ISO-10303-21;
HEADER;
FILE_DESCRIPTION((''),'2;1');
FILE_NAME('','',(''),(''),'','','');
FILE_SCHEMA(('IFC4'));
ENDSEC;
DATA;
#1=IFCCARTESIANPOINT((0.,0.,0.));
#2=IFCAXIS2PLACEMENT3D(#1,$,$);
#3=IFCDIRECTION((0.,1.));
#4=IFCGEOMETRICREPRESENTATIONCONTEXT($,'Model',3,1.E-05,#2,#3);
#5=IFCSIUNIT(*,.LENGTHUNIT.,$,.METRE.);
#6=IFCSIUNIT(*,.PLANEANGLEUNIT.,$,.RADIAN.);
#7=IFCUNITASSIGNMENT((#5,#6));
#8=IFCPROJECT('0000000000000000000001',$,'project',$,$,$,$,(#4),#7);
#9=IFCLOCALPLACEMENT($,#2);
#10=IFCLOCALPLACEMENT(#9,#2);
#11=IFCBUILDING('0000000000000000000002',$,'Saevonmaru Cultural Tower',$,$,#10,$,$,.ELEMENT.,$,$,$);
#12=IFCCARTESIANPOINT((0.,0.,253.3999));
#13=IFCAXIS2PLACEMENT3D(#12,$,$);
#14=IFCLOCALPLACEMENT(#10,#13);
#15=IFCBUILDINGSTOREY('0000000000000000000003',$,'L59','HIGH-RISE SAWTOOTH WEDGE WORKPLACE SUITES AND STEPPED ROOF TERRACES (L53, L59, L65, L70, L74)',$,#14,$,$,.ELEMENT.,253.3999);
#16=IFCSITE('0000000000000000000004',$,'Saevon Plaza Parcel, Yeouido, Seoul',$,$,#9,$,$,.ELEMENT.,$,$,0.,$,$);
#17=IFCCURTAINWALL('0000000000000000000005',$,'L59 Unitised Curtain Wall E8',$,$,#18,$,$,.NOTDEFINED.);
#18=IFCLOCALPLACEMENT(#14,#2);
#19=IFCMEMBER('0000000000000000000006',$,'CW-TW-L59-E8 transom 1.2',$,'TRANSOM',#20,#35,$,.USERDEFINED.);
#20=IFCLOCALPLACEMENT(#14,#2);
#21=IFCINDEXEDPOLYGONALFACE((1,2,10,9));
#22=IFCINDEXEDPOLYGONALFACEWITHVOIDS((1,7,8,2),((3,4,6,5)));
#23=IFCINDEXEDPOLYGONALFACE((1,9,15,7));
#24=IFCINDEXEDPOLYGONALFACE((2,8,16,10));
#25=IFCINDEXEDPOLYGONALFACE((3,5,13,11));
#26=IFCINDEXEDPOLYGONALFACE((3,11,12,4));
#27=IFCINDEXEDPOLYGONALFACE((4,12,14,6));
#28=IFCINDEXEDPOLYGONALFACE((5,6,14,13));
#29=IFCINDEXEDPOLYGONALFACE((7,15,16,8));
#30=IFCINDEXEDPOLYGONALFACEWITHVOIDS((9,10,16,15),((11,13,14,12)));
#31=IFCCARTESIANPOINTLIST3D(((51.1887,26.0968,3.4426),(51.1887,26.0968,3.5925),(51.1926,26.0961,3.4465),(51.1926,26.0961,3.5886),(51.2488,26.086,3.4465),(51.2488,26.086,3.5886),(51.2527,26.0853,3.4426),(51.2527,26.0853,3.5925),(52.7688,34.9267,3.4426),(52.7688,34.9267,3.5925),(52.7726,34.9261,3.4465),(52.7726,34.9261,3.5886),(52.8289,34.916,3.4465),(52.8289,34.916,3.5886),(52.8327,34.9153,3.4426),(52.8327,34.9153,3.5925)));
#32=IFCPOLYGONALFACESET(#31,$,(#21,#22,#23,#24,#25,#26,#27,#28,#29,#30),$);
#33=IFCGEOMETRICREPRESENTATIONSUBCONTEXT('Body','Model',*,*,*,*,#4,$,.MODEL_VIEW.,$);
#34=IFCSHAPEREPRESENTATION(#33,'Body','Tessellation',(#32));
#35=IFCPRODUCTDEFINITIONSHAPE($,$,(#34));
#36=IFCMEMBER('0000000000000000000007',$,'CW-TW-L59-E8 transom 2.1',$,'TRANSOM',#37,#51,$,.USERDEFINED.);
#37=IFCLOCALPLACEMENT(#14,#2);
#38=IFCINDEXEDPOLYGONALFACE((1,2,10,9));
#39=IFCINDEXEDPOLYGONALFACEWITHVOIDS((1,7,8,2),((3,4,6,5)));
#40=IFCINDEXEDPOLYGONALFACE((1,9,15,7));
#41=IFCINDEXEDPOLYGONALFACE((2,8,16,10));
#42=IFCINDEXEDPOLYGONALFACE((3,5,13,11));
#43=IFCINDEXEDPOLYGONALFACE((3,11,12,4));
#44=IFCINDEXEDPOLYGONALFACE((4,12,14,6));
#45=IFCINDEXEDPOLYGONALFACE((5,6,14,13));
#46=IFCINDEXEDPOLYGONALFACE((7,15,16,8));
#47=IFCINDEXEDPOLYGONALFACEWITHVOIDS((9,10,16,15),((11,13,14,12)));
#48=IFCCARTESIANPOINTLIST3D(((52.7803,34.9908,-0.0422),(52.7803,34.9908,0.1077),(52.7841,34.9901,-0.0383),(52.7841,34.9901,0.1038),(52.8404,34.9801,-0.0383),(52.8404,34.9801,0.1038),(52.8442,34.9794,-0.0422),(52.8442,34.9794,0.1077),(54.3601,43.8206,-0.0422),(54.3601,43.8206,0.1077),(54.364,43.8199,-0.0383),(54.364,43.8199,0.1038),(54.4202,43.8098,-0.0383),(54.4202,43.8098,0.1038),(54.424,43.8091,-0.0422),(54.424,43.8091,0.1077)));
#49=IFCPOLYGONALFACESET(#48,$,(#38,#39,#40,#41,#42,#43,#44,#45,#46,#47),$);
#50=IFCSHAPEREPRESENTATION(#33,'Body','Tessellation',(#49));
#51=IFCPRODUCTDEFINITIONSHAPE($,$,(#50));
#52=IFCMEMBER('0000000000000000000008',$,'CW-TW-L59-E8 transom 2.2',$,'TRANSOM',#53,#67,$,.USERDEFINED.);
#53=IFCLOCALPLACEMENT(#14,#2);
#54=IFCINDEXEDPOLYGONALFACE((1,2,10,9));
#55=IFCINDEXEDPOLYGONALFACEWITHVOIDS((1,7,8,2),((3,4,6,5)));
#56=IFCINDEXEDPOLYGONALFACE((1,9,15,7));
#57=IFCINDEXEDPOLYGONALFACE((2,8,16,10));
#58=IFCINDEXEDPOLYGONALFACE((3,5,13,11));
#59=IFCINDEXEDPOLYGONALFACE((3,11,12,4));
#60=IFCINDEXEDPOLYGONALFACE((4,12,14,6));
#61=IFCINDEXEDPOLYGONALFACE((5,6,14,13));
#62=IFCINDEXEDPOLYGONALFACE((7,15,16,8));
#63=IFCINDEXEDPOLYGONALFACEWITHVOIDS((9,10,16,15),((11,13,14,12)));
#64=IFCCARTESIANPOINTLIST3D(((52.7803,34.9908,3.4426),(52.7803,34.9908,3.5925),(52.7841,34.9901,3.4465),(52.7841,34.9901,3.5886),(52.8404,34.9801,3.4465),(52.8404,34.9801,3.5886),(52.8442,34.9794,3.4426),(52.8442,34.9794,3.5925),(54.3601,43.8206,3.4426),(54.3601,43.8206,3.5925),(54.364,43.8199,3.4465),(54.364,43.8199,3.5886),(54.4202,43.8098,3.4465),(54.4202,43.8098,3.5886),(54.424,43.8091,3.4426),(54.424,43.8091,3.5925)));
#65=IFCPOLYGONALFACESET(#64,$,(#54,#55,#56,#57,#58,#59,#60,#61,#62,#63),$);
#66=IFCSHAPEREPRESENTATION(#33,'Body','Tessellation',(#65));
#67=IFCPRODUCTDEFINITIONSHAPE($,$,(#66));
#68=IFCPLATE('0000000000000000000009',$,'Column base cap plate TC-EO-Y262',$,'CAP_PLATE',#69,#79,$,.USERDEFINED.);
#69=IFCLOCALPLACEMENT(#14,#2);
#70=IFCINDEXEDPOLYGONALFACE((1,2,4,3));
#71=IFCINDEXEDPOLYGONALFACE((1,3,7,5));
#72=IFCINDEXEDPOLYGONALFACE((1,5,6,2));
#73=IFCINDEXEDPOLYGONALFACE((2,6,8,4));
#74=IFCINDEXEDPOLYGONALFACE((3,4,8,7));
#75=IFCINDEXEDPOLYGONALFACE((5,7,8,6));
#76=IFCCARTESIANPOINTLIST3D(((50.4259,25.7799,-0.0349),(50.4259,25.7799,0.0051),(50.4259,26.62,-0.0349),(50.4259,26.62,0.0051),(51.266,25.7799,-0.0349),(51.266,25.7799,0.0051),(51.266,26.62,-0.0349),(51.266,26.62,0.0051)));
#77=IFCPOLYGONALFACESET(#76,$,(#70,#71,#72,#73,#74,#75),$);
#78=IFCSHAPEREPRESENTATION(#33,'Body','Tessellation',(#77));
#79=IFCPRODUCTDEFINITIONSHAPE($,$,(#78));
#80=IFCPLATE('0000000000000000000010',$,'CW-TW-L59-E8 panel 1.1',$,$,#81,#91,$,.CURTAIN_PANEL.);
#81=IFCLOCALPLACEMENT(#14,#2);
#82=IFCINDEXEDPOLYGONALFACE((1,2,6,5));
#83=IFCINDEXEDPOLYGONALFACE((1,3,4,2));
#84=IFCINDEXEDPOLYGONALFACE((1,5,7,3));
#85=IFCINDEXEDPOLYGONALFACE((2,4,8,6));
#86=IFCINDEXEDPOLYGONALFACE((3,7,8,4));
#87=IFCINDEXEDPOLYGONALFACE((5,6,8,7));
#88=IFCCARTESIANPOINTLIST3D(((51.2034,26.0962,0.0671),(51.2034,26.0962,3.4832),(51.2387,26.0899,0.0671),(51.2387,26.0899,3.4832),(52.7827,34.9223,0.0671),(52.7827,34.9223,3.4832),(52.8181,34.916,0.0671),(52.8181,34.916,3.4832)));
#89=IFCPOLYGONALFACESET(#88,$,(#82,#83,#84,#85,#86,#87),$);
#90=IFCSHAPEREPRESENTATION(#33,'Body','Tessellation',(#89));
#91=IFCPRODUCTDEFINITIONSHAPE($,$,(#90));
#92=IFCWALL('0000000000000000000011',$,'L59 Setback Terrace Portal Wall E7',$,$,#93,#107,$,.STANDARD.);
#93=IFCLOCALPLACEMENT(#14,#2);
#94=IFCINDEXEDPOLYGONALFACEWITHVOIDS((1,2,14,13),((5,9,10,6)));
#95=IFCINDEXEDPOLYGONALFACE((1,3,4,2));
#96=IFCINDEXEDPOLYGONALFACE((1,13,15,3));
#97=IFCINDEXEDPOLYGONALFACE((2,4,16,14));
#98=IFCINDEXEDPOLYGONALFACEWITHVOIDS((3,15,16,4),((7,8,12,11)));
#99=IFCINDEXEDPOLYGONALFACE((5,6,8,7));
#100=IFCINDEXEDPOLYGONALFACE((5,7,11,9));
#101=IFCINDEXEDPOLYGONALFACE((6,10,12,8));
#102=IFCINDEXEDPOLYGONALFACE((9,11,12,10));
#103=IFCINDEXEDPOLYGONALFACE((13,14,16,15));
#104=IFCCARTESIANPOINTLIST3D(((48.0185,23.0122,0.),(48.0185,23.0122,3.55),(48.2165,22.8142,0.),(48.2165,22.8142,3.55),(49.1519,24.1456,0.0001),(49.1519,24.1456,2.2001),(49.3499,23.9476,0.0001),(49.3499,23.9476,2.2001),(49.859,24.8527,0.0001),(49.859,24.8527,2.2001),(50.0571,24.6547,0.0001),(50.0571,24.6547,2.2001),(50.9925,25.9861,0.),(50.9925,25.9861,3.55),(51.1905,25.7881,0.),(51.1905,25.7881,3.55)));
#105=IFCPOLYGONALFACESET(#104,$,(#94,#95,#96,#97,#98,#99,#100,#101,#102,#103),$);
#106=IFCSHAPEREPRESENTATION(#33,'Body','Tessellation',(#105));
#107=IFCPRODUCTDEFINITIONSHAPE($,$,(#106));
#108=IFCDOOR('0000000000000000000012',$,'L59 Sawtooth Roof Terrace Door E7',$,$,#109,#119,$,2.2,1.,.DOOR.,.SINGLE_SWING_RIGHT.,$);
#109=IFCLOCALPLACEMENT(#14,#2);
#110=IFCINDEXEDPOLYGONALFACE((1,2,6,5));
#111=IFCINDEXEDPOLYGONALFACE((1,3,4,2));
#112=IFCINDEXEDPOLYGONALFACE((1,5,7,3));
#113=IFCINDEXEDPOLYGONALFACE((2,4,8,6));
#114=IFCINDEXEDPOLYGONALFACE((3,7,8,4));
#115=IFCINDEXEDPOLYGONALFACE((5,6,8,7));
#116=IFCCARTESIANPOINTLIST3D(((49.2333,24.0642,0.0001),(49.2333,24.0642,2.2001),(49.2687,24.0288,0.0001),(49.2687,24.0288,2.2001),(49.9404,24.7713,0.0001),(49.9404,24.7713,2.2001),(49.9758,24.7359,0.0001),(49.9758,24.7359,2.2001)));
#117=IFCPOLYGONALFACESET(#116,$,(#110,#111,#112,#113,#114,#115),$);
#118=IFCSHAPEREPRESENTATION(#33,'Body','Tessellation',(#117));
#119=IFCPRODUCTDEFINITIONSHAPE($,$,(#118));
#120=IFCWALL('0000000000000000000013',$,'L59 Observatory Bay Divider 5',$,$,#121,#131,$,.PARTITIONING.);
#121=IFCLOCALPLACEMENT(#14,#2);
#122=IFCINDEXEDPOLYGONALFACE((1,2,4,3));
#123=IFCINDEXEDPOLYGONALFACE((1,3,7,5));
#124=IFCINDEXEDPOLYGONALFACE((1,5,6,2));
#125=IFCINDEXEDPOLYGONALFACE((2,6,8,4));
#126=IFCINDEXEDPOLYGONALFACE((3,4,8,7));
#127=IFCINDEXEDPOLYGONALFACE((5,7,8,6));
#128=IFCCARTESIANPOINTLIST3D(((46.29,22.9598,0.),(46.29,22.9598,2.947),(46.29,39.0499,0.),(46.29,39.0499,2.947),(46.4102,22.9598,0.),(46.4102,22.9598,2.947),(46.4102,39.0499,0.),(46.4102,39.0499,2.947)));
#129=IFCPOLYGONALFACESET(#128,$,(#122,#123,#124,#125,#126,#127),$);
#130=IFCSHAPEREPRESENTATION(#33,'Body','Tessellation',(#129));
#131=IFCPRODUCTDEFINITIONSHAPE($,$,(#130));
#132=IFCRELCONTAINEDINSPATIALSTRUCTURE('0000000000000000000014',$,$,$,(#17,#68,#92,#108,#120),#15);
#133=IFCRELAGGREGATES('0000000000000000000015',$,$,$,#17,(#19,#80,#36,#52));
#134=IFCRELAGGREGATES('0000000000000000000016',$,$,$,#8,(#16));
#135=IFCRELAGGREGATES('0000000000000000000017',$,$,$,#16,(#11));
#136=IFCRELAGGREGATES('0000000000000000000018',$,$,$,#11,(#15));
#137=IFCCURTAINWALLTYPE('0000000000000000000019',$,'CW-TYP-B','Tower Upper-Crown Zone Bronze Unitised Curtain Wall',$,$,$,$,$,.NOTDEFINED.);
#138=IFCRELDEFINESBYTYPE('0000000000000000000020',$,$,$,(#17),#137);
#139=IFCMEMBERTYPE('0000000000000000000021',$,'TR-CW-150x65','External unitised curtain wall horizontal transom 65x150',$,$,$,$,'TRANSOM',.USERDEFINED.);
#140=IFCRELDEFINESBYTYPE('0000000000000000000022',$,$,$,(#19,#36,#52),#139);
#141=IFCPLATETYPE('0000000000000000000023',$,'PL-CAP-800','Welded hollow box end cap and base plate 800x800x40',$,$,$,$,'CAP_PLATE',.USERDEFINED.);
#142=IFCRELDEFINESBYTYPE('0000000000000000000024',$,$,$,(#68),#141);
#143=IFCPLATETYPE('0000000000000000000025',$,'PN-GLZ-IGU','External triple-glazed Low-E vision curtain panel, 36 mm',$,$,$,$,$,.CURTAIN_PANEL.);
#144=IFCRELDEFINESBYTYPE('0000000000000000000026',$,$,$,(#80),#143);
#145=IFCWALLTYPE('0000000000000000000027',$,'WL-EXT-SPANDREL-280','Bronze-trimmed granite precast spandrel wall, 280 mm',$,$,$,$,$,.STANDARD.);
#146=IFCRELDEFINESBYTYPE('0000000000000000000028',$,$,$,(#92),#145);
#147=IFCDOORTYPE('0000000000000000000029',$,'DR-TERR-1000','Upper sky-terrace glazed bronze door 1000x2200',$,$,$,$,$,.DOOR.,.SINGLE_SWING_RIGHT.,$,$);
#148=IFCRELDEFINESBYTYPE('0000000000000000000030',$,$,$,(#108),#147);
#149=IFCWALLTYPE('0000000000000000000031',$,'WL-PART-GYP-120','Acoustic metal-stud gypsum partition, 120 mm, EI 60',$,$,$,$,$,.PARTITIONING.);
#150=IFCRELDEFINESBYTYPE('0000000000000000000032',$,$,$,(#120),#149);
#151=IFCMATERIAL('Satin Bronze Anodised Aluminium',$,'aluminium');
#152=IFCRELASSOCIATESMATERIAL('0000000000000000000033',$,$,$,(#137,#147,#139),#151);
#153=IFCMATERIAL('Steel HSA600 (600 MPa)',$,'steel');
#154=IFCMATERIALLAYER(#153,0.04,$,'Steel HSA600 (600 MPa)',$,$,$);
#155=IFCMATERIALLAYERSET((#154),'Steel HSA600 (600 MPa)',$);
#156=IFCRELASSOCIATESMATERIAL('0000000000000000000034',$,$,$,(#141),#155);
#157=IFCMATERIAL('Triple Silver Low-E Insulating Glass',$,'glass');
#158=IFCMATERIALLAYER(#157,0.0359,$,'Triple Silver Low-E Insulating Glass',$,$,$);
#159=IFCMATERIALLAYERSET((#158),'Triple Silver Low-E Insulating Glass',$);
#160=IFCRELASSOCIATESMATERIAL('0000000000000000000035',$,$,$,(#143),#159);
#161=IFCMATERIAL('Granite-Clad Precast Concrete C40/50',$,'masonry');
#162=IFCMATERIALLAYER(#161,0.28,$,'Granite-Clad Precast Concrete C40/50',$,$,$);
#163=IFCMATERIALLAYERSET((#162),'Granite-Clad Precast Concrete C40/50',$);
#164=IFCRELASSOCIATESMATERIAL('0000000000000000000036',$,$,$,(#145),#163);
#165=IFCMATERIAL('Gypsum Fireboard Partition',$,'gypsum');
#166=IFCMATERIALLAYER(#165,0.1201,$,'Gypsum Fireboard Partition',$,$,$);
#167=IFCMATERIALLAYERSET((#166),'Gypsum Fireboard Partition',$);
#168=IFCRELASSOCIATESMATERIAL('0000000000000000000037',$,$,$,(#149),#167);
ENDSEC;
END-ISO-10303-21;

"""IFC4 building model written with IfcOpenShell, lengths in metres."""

from ifc_helpers import new_model, si_unit, direction, frame, frame_2d, origin, origin_2d, place, context, subcontext, project, spatial, rectangle, hollow_rectangle, extrude, material, layer, layer_set, material_profile, profile_set, type_object, element, fill, aggregate, save


model = new_model("IFC4")

# Units and contexts
model_context = context("Model", 3, precision=1e-05, world=origin(), true_north=direction((0.0, 1.0)))
body_context = subcontext(model_context, "Body", "Model", "MODEL_VIEW")
ifc_project = project(units=[si_unit("LENGTHUNIT", "METRE"), si_unit("PLANEANGLEUNIT", "RADIAN")], contexts=[model_context])

# Site, building, storey
site_placement = place(None, origin())
site = spatial("IfcSite", under=ifc_project, at=site_placement, Name="Saevon Plaza Parcel, Yeouido, Seoul", CompositionType="ELEMENT", RefElevation=0.0)
building_placement = place(site_placement, origin())
building = spatial("IfcBuilding", under=site, at=building_placement, Name="Saevonmaru Cultural Tower", CompositionType="ELEMENT")
storey_placement = place(building_placement, frame((0.0, 0.0, 253.3999)))
storey = spatial("IfcBuildingStorey", under=building, at=storey_placement, Name="L59", Description="HIGH-RISE SAWTOOTH WEDGE WORKPLACE SUITES AND STEPPED ROOF TERRACES (L53, L59, L65, L70, L74)", CompositionType="ELEMENT", Elevation=253.3999)

# Curtain wall, members
ifc_material_1 = material(Name="Satin Bronze Anodised Aluminium", Category="aluminium")
curtain_wall_type = type_object("IfcCurtainWallType", Name="CW-TYP-B", Description="Tower Upper-Crown Zone Bronze Unitised Curtain Wall", PredefinedType="NOTDEFINED", material=ifc_material_1)
curtain_wall_placement = place(storey_placement, origin())
curtain_wall = element("IfcCurtainWall", 1, at=curtain_wall_placement, inside=storey, type_object=curtain_wall_type, Name="L59 Unitised Curtain Wall E8", PredefinedType="NOTDEFINED")
ifc_material_profile_1 = material_profile(ifc_material_1, hollow_rectangle(XDim=0.0649, YDim=0.1499, WallThickness=0.0039, at=origin_2d()), Name="ALU-TRAN-150x65x4")
ifc_profile_set_1 = profile_set([ifc_material_profile_1], Name="Satin Bronze Anodised Aluminium")
member_type_1 = type_object("IfcMemberType", Name="TR-CW-150x65", Description="External unitised curtain wall horizontal transom 65x150", ElementType="TRANSOM", PredefinedType="USERDEFINED", material=ifc_profile_set_1)
member_1_placement = place(storey_placement, frame((51.2207, 26.0911, 3.5176), z_axis=(0.176145, 0.984364, 0.0), x_axis=(-0.984364, 0.176145, 0.0)))
member_1 = element("IfcMember", 2, at=member_1_placement, type_object=member_type_1, Name="CW-TW-L59-E8 transom 1.2", ObjectType="TRANSOM", PredefinedType="USERDEFINED", context=body_context, shape_type="SweptSolid", body=[
    extrude(hollow_rectangle(XDim=0.0649, YDim=0.1499, WallThickness=0.0039, at=origin_2d()), origin(), (0.0, 0.0, 1.0), 8.9702),
])
member_2_placement = place(storey_placement, frame((52.8123, 34.9851, 0.0327), z_axis=(0.176123, 0.984368, 0.0), x_axis=(-0.984368, 0.176123, 0.0)))
member_2 = element("IfcMember", 3, at=member_2_placement, type_object=member_type_1, Name="CW-TW-L59-E8 transom 2.1", ObjectType="TRANSOM", PredefinedType="USERDEFINED", context=body_context, shape_type="SweptSolid", body=[
    extrude(hollow_rectangle(XDim=0.0649, YDim=0.1499, WallThickness=0.0039, at=origin_2d()), origin(), (0.0, 0.0, 1.0), 8.97),
])
member_3_placement = place(storey_placement, frame((52.8123, 34.9851, 3.5176), z_axis=(0.176123, 0.984368, 0.0), x_axis=(-0.984368, 0.176123, 0.0)))
member_3 = element("IfcMember", 4, at=member_3_placement, type_object=member_type_1, Name="CW-TW-L59-E8 transom 2.2", ObjectType="TRANSOM", PredefinedType="USERDEFINED", context=body_context, shape_type="SweptSolid", body=[
    extrude(hollow_rectangle(XDim=0.0649, YDim=0.1499, WallThickness=0.0039, at=origin_2d()), origin(), (0.0, 0.0, 1.0), 8.97),
])

# Plates
ifc_material_2 = material(Name="Steel HSA600 (600 MPa)", Category="steel")
ifc_layer_1 = layer(ifc_material_2, 0.04, Name="Steel HSA600 (600 MPa)")
ifc_layer_set_1 = layer_set([ifc_layer_1], Name="Steel HSA600 (600 MPa)")
plate_type_1 = type_object("IfcPlateType", Name="PL-CAP-800", Description="Welded hollow box end cap and base plate 800x800x40", ElementType="CAP_PLATE", PredefinedType="USERDEFINED", material=ifc_layer_set_1)
plate_1_placement = place(storey_placement, frame((50.8459, 26.2, -0.0349), z_axis=(0.0, 0.0, 1.0), x_axis=(1.0, 0.0, 0.0)))
element("IfcPlate", 5, at=plate_1_placement, inside=storey, type_object=plate_type_1, Name="Column base cap plate TC-EO-Y262", ObjectType="CAP_PLATE", PredefinedType="USERDEFINED", context=body_context, shape_type="SweptSolid", body=[
    extrude(rectangle(XDim=0.8401, YDim=0.8401, at=origin_2d()), origin(), (0.0, 0.0, 1.0), 0.04),
])
ifc_material_3 = material(Name="Triple Silver Low-E Insulating Glass", Category="glass")
ifc_layer_2 = layer(ifc_material_3, 0.0359, Name="Triple Silver Low-E Insulating Glass")
ifc_layer_set_2 = layer_set([ifc_layer_2], Name="Triple Silver Low-E Insulating Glass")
plate_type_2 = type_object("IfcPlateType", Name="PN-GLZ-IGU", Description="External triple-glazed Low-E vision curtain panel, 36 mm", PredefinedType="CURTAIN_PANEL", material=ifc_layer_set_2)
plate_2_placement = place(storey_placement, frame((52.0107, 30.5061, 0.0671), z_axis=(0.0, 0.0, 1.0), x_axis=(0.176141, 0.984365, 0.0)))
plate_2 = element("IfcPlate", 6, at=plate_2_placement, type_object=plate_type_2, Name="CW-TW-L59-E8 panel 1.1", PredefinedType="CURTAIN_PANEL", context=body_context, shape_type="SweptSolid", body=[
    extrude(rectangle(XDim=8.9663, YDim=0.0359, at=origin_2d()), origin(), (0.0, 0.0, 1.0), 3.416),
])
aggregate(curtain_wall, [member_1, plate_2, member_2, member_3])

# Wall, opening, door
ifc_material_4 = material(Name="Granite-Clad Precast Concrete C40/50", Category="masonry")
ifc_layer_3 = layer(ifc_material_4, 0.28, Name="Granite-Clad Precast Concrete C40/50")
ifc_layer_set_3 = layer_set([ifc_layer_3], Name="Granite-Clad Precast Concrete C40/50")
wall_type_1 = type_object("IfcWallType", Name="WL-EXT-SPANDREL-280", Description="Bronze-trimmed granite precast spandrel wall, 280 mm", PredefinedType="STANDARD", material=ifc_layer_set_3)
wall_1_placement = place(storey_placement, frame((48.1174, 22.9131, 0.0), z_axis=(0.0, 0.0, 1.0), x_axis=(0.707107, 0.707107, 0.0)))
wall_1 = element("IfcWall", 7, at=wall_1_placement, inside=storey, type_object=wall_type_1, Name="L59 Setback Terrace Portal Wall E7", PredefinedType="STANDARD", context=body_context, shape_type="SweptSolid", body=[
    extrude(rectangle(XDim=4.2058, YDim=0.28, at=frame_2d((2.103, 0.0))), origin(), (0.0, 0.0, 1.0), 3.55),
])
opening_placement = place(wall_1_placement, frame((1.603, 0.0, 0.0)))
opening = element("IfcOpeningElement", 8, at=opening_placement, cuts=wall_1, PredefinedType="OPENING", context=body_context, shape_type="SweptSolid", body=[
    extrude(rectangle(XDim=1.0, YDim=2.2, at=frame_2d((0.5, 1.1001))), frame((0.0, 0.1499, 0.0), z_axis=(0.0, -1.0, 0.0), x_axis=(1.0, 0.0, 0.0)), (0.0, 0.0, 1.0), 0.3),
])
door_type = type_object("IfcDoorType", Name="DR-TERR-1000", Description="Upper sky-terrace glazed bronze door 1000x2200", OperationType="SINGLE_SWING_RIGHT", PredefinedType="DOOR", material=ifc_material_1)
door_placement = place(opening_placement, origin())
door = element("IfcDoor", 9, at=door_placement, inside=storey, type_object=door_type, Name="L59 Sawtooth Roof Terrace Door E7", OperationType="SINGLE_SWING_RIGHT", OverallHeight=2.2, OverallWidth=1.0, PredefinedType="DOOR", context=body_context, shape_type="SweptSolid", body=[
    extrude(rectangle(XDim=1.0, YDim=2.2, at=frame_2d((0.5, 1.1001))), frame((0.0, 0.0249, 0.0), z_axis=(0.0, -1.0, 0.0), x_axis=(1.0, 0.0, 0.0)), (0.0, 0.0, 1.0), 0.05),
])
fill(opening, door)

# Wall
ifc_material_5 = material(Name="Gypsum Fireboard Partition", Category="gypsum")
ifc_layer_4 = layer(ifc_material_5, 0.1201, Name="Gypsum Fireboard Partition")
ifc_layer_set_4 = layer_set([ifc_layer_4], Name="Gypsum Fireboard Partition")
wall_type_2 = type_object("IfcWallType", Name="WL-PART-GYP-120", Description="Acoustic metal-stud gypsum partition, 120 mm, EI 60", PredefinedType="PARTITIONING", material=ifc_layer_set_4)
wall_2_placement = place(storey_placement, frame((46.3501, 22.96, 0.0), z_axis=(0.0, 0.0, 1.0), x_axis=(0.0, 1.0, 0.0)))
element("IfcWall", 10, at=wall_2_placement, inside=storey, type_object=wall_type_2, Name="L59 Observatory Bay Divider 5", PredefinedType="PARTITIONING", context=body_context, shape_type="SweptSolid", body=[
    extrude(rectangle(XDim=16.0901, YDim=0.1201, at=frame_2d((8.0449, 0.0))), origin(), (0.0, 0.0, 1.0), 2.947),
])

save(model, "model.ifc")
